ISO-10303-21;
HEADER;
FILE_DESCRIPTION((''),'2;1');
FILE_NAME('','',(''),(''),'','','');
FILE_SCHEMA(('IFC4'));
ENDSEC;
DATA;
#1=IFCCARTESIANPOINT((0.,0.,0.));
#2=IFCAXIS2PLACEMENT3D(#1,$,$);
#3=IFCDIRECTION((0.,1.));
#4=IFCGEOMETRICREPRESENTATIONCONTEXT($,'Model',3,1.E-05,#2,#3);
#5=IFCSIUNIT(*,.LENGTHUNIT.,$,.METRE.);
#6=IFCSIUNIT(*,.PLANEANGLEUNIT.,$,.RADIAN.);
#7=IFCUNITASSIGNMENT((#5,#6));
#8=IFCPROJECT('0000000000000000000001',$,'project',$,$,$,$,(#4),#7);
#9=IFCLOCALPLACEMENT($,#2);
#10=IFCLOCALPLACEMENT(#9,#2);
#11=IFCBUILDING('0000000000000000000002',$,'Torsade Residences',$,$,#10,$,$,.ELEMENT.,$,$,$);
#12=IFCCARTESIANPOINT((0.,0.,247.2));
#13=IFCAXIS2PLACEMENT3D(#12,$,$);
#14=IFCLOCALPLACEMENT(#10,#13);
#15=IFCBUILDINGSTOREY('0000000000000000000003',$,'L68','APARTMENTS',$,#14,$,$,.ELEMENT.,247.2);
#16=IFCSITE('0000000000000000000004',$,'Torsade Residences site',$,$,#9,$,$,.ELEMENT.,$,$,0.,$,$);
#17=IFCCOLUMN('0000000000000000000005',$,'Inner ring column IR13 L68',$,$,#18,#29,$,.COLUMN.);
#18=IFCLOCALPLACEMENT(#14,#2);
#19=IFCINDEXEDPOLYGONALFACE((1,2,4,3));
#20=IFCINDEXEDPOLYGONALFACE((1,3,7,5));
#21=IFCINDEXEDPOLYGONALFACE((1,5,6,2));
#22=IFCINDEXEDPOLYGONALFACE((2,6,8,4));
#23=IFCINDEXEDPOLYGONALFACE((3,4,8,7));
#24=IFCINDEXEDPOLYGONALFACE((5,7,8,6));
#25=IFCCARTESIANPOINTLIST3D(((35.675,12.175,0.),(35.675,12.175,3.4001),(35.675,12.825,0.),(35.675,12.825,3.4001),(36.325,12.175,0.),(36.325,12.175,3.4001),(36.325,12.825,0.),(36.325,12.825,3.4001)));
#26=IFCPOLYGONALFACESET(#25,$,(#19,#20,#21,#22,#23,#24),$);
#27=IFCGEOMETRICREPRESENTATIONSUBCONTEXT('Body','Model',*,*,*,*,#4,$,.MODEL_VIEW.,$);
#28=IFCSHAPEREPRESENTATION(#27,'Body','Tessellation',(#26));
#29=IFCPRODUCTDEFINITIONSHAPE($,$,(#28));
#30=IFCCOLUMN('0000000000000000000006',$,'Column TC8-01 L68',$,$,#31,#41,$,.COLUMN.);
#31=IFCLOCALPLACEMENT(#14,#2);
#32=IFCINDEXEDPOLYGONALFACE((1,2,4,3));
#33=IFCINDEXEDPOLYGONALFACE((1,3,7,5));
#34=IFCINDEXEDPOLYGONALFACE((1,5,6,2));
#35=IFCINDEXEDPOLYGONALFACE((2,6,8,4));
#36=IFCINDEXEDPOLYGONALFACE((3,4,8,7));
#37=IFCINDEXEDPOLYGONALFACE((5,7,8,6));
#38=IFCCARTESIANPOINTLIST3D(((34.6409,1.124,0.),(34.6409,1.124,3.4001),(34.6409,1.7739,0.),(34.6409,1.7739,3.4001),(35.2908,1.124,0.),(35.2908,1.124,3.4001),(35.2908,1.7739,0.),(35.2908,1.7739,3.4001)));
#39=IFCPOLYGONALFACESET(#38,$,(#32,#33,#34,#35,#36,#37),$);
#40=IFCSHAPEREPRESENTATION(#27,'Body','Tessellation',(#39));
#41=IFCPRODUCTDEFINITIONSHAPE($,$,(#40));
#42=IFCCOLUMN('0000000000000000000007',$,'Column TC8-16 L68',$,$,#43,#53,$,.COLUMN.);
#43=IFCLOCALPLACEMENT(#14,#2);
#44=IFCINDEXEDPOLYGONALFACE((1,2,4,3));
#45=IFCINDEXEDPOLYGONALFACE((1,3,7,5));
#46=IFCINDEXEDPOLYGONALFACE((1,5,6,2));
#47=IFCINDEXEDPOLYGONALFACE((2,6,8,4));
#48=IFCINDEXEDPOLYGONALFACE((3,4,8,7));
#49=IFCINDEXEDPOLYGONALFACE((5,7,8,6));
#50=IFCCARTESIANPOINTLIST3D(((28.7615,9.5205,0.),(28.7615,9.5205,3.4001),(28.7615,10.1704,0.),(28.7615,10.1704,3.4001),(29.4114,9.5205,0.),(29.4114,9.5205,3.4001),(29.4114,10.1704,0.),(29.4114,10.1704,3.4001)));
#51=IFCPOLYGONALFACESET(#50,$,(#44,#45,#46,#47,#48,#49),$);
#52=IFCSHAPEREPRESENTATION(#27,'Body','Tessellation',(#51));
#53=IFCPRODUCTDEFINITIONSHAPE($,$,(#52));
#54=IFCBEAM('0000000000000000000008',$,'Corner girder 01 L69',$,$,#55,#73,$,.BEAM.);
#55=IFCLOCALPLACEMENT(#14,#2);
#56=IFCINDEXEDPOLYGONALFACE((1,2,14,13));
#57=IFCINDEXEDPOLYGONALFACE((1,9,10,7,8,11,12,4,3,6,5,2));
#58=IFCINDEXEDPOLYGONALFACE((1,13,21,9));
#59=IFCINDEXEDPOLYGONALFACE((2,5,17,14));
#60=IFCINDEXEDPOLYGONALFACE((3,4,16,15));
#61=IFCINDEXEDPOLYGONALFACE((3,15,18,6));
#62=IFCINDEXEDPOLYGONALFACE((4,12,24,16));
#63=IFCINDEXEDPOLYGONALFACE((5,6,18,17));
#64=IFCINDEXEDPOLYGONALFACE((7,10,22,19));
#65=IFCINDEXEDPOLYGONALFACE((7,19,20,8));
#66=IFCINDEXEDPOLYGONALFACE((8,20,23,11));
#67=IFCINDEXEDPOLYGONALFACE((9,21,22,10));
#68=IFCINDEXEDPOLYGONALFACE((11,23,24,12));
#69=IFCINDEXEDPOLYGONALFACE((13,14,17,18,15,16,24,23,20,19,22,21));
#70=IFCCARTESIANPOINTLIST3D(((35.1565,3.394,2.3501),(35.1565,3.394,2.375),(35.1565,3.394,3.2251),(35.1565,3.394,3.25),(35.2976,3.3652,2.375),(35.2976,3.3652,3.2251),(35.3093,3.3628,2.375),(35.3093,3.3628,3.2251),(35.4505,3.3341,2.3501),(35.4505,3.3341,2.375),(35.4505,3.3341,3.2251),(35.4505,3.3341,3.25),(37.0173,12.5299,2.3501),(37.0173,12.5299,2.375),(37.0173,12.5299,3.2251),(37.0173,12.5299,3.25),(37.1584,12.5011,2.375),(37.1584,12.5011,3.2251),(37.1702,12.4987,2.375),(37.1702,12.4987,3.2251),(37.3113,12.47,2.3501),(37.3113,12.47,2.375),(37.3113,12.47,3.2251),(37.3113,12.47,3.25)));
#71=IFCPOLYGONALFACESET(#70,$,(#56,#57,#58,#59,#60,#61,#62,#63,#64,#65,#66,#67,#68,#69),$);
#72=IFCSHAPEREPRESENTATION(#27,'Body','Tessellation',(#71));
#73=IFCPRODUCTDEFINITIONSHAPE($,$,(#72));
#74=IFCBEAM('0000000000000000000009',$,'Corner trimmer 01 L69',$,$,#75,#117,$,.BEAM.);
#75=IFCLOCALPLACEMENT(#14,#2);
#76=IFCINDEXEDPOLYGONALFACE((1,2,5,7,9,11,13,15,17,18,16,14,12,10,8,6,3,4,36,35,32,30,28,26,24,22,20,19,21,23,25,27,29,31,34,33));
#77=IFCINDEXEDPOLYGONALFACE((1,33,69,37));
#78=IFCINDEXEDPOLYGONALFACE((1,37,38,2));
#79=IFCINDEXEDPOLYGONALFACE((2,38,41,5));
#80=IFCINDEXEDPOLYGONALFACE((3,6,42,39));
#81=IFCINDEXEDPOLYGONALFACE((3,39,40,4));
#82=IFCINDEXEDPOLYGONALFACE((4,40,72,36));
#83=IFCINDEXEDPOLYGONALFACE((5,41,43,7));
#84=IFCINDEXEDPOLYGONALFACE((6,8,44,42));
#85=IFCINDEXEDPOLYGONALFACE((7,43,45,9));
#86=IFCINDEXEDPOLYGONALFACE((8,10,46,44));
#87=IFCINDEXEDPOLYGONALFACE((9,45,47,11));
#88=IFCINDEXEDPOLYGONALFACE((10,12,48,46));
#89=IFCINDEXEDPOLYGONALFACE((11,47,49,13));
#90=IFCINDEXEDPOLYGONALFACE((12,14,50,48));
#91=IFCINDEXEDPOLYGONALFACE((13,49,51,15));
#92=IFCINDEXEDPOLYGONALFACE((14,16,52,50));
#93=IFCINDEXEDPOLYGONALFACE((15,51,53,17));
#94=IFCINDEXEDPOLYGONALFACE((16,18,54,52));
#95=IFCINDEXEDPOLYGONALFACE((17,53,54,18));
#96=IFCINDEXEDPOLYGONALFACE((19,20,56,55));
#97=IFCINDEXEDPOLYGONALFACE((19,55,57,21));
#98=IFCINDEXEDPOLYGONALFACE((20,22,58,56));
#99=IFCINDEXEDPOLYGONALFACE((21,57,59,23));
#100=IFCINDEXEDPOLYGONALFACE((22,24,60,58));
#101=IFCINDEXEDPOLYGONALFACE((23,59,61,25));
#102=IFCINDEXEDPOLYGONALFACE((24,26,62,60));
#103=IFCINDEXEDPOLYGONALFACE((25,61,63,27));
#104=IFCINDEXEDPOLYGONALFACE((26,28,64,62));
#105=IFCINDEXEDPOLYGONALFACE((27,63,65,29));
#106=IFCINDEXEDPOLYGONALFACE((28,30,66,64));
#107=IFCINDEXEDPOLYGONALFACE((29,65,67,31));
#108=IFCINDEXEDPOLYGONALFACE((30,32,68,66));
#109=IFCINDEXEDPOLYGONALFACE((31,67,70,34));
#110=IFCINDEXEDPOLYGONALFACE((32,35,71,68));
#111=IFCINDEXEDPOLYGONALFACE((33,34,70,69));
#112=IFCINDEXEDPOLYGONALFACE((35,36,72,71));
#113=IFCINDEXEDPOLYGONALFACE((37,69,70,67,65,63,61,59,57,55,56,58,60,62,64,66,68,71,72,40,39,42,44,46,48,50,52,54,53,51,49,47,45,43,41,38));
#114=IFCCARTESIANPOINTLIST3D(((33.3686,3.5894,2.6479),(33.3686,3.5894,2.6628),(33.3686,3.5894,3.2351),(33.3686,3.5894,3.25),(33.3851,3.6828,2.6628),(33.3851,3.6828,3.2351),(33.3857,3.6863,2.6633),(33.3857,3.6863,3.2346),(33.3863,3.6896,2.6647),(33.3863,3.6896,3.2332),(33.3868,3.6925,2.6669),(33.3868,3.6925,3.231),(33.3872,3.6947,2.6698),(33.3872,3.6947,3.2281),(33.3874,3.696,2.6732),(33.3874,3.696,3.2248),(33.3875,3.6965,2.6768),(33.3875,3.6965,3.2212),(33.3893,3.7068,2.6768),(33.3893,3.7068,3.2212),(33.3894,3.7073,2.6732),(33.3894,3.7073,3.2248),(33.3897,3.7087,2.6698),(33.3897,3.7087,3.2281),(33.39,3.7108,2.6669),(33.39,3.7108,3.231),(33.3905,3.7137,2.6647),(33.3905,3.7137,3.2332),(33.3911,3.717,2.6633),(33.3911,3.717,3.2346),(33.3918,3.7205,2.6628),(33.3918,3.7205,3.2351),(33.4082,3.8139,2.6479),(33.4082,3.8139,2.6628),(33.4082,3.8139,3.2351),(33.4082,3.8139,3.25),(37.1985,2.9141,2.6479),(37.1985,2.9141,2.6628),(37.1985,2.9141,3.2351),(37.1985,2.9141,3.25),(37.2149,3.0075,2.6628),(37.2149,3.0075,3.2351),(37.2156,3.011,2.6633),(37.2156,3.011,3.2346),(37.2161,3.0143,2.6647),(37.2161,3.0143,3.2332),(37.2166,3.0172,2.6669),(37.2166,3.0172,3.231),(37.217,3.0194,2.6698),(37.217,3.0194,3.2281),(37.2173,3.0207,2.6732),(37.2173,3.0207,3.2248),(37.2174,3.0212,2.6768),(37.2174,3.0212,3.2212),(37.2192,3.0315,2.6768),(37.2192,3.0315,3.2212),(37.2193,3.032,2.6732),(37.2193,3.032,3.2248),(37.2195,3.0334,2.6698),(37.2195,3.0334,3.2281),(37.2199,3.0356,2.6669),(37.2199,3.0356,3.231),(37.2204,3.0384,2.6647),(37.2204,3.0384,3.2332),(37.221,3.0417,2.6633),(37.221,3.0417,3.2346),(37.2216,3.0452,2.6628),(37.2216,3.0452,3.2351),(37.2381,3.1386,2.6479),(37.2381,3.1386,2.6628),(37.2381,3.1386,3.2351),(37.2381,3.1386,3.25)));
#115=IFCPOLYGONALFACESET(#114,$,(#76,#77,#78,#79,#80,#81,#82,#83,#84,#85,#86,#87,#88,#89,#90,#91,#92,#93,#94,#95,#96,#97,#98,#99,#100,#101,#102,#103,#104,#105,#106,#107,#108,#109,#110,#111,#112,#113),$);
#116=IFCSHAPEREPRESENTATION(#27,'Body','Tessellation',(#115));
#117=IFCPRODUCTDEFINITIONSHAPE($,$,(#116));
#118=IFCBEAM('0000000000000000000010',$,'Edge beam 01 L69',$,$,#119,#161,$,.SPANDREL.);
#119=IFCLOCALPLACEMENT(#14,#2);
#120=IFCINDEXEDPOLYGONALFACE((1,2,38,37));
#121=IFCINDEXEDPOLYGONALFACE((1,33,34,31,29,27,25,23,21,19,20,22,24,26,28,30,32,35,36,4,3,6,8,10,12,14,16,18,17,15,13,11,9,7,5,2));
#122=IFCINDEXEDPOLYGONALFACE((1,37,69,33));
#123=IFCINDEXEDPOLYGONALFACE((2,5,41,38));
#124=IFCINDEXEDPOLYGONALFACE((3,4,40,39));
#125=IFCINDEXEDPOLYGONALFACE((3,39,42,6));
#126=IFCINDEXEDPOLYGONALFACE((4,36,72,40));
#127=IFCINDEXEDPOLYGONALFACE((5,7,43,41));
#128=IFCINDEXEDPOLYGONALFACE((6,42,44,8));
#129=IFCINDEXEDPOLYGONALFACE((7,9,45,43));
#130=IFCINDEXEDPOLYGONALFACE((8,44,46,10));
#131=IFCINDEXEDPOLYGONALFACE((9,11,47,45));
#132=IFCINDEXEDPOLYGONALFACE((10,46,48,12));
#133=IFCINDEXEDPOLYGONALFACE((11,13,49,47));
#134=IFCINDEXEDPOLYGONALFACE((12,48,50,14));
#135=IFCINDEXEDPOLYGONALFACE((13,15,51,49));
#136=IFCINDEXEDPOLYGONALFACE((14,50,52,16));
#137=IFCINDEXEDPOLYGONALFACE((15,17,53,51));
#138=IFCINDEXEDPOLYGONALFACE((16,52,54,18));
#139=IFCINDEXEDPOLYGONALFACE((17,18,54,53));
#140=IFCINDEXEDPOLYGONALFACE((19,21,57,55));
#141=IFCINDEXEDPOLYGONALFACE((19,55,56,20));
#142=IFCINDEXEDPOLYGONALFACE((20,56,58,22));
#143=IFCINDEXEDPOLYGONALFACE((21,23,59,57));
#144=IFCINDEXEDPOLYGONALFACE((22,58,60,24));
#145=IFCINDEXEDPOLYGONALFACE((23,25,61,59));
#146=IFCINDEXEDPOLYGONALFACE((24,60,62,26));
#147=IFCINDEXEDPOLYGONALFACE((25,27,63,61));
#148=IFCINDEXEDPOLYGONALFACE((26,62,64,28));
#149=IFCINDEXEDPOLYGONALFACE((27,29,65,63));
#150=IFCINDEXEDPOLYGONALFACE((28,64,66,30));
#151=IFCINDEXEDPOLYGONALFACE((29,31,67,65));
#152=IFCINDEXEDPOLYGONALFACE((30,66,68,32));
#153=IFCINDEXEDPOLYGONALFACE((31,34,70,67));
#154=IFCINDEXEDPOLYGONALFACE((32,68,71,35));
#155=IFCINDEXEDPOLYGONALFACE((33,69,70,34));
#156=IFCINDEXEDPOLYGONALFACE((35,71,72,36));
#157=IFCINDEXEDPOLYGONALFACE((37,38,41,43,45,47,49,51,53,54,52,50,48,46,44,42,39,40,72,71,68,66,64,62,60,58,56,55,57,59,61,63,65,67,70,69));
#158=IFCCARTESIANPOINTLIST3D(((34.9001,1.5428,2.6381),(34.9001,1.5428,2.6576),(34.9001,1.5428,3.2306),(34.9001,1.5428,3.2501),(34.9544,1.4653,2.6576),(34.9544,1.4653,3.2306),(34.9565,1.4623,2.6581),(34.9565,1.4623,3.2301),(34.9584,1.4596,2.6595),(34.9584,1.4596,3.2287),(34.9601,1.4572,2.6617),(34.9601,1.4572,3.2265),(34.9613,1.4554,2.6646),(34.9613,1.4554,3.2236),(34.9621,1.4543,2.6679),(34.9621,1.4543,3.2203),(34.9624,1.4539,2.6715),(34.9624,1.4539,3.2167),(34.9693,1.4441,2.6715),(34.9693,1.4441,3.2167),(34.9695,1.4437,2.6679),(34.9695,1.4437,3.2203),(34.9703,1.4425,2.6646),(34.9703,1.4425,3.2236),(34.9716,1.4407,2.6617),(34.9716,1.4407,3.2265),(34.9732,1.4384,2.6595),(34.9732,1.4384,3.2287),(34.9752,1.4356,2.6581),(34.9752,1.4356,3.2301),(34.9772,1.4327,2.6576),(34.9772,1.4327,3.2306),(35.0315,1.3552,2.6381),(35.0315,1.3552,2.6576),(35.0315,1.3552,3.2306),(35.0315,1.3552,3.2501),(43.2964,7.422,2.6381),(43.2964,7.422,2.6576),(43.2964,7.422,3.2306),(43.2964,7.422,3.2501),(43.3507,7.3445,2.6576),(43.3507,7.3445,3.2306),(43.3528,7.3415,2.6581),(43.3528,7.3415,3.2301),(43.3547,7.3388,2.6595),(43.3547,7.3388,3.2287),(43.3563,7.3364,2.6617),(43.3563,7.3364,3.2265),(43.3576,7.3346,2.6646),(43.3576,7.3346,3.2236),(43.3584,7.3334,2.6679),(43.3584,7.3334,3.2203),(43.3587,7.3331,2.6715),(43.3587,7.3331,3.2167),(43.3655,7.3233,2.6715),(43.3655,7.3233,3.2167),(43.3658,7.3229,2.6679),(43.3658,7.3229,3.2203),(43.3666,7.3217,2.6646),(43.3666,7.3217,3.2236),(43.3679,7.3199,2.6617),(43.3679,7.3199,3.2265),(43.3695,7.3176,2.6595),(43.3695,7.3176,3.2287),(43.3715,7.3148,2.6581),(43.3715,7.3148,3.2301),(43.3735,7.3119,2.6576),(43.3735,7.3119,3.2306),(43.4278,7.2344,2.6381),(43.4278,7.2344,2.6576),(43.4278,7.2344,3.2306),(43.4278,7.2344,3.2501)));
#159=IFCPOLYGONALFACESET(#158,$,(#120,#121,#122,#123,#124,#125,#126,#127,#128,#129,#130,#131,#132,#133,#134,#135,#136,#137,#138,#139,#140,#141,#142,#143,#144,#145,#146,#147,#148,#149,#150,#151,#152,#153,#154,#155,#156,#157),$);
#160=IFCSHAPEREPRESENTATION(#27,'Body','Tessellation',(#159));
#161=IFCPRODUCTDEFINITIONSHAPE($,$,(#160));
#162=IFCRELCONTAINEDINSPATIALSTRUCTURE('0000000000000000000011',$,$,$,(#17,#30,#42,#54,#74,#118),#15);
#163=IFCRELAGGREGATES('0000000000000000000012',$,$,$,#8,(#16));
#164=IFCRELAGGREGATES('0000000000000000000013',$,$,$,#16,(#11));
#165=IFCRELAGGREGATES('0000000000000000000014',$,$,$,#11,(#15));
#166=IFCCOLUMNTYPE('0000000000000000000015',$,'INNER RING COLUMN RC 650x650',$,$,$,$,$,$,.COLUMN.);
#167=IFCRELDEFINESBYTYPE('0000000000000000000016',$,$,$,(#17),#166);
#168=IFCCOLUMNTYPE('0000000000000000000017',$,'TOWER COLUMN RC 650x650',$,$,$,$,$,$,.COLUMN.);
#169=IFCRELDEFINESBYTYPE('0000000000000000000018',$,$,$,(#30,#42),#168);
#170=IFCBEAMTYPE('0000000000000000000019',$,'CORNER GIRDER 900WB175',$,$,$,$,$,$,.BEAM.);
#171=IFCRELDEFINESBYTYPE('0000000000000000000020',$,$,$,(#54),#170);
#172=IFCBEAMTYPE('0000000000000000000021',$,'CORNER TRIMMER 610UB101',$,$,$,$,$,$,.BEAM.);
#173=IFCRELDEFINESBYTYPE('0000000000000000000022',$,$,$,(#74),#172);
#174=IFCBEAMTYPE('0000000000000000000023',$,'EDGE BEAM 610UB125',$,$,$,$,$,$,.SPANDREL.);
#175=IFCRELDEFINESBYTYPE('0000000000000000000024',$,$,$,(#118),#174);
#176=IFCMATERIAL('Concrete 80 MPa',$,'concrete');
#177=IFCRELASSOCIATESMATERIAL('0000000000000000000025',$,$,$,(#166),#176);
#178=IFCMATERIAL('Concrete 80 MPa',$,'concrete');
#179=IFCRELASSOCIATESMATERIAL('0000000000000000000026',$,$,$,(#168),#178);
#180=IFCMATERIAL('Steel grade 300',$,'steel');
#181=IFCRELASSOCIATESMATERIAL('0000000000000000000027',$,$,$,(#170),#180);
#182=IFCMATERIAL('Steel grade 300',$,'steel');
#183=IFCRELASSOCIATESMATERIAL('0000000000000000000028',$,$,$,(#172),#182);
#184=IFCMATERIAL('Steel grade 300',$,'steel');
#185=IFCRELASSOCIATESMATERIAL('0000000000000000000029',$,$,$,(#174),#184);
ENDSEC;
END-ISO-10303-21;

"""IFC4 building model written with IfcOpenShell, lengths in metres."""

from ifc_helpers import new_model, si_unit, direction, frame, origin, origin_2d, place, context, subcontext, project, spatial, rectangle, i_section, extrude, material, material_profile, profile_set, type_object, element, save


model = new_model("IFC4")

# Units and contexts
model_context = context("Model", 3, precision=1e-05, world=origin(), true_north=direction((0.0, 1.0)))
body_context = subcontext(model_context, "Body", "Model", "MODEL_VIEW")
ifc_project = project(units=[si_unit("LENGTHUNIT", "METRE"), si_unit("PLANEANGLEUNIT", "RADIAN")], contexts=[model_context])

# Site, building, storey
site_placement = place(None, origin())
site = spatial("IfcSite", under=ifc_project, at=site_placement, Name="Torsade Residences site", CompositionType="ELEMENT", RefElevation=0.0)
building_placement = place(site_placement, origin())
building = spatial("IfcBuilding", under=site, at=building_placement, Name="Torsade Residences", CompositionType="ELEMENT")
storey_placement = place(building_placement, frame((0.0, 0.0, 247.2)))
storey = spatial("IfcBuildingStorey", under=building, at=storey_placement, Name="L68", Description="APARTMENTS", CompositionType="ELEMENT", Elevation=247.2)

# Columns
ifc_material_1 = material(Name="Concrete 80 MPa", Category="concrete")
ifc_material_profile_1 = material_profile(ifc_material_1, rectangle(XDim=0.6499, YDim=0.6499, at=origin_2d()), Name="RC 650x650")
ifc_profile_set_1 = profile_set([ifc_material_profile_1], Name="Concrete 80 MPa")
column_type_1 = type_object("IfcColumnType", Name="INNER RING COLUMN RC 650x650", PredefinedType="COLUMN", material=ifc_profile_set_1)
column_placement = place(storey_placement, frame((36.0, 12.5, 0.0), z_axis=(0.0, 0.0, 1.0), x_axis=(1.0, 0.0, 0.0)))
element("IfcColumn", 1, at=column_placement, inside=storey, type_object=column_type_1, Name="Inner ring column IR13 L68", PredefinedType="COLUMN", context=body_context, shape_type="SweptSolid", body=[
    extrude(rectangle(XDim=0.6499, YDim=0.6499, at=origin_2d()), origin(), (0.0, 0.0, 1.0), 3.4001),
])
ifc_material_2 = material(Name="Concrete 80 MPa", Category="concrete")
ifc_material_profile_2 = material_profile(ifc_material_2, rectangle(XDim=0.6499, YDim=0.6499, at=origin_2d()), Name="RC 650x650")
ifc_profile_set_2 = profile_set([ifc_material_profile_2], Name="Concrete 80 MPa")
column_type_2 = type_object("IfcColumnType", Name="TOWER COLUMN RC 650x650", PredefinedType="COLUMN", material=ifc_profile_set_2)
for number, where, z_axis, x_axis, name in (
    (2, (34.9658, 1.449, 0.0), (0.0, 0.0, 1.0), (1.0, 0.0, 0.0), "Column TC8-01 L68"),
    (3, (29.0864, 9.8455, 0.0), (0.0, 0.0, 1.0), (1.0, 0.0, 0.0), "Column TC8-16 L68"),
):
    element("IfcColumn", number, at=place(storey_placement, frame(where, z_axis=z_axis, x_axis=x_axis)), inside=storey, type_object=column_type_2, Name=name, PredefinedType="COLUMN", context=body_context, shape_type="SweptSolid", body=[
        extrude(rectangle(XDim=0.6499, YDim=0.6499, at=origin_2d()), origin(), (0.0, 0.0, 1.0), 3.4001),
    ])

# Beams
ifc_material_3 = material(Name="Steel grade 300", Category="steel")
ifc_material_profile_3 = material_profile(ifc_material_3, i_section(OverallWidth=0.3, OverallDepth=0.8999, WebThickness=0.012, FlangeThickness=0.0249, at=origin_2d()), Name="900WB175")
ifc_profile_set_3 = profile_set([ifc_material_profile_3], Name="Steel grade 300")
beam_type_1 = type_object("IfcBeamType", Name="CORNER GIRDER 900WB175", PredefinedType="BEAM", material=ifc_profile_set_3)
beam_1_placement = place(storey_placement, frame((35.3035, 3.364, 2.8), z_axis=(0.199584, 0.979881, 0.0), x_axis=(-0.979881, 0.199584, 0.0)))
element("IfcBeam", 4, at=beam_1_placement, inside=storey, type_object=beam_type_1, Name="Corner girder 01 L69", PredefinedType="BEAM", context=body_context, shape_type="SweptSolid", body=[
    extrude(i_section(OverallWidth=0.3, OverallDepth=0.8999, WebThickness=0.012, FlangeThickness=0.0249, at=origin_2d()), origin(), (0.0, 0.0, 1.0), 9.3235),
])
ifc_material_4 = material(Name="Steel grade 300", Category="steel")
ifc_material_profile_4 = material_profile(ifc_material_4, i_section(OverallWidth=0.228, OverallDepth=0.6021, WebThickness=0.0105, FlangeThickness=0.0149, FilletRadius=0.0139, at=origin_2d()), Name="610UB101")
ifc_profile_set_4 = profile_set([ifc_material_profile_4], Name="Steel grade 300")
beam_type_2 = type_object("IfcBeamType", Name="CORNER TRIMMER 610UB101", PredefinedType="BEAM", material=ifc_profile_set_4)
beam_2_placement = place(storey_placement, frame((37.2183, 3.0264, 2.949), z_axis=(-0.984808, 0.173646, 0.0), x_axis=(-0.173646, -0.984808, 0.0)))
element("IfcBeam", 5, at=beam_2_placement, inside=storey, type_object=beam_type_2, Name="Corner trimmer 01 L69", PredefinedType="BEAM", context=body_context, shape_type="SweptSolid", body=[
    extrude(i_section(OverallWidth=0.228, OverallDepth=0.6021, WebThickness=0.0105, FlangeThickness=0.0149, FilletRadius=0.0139, at=origin_2d()), origin(), (0.0, 0.0, 1.0), 3.8889),
])
ifc_material_5 = material(Name="Steel grade 300", Category="steel")
ifc_material_profile_5 = material_profile(ifc_material_5, i_section(OverallWidth=0.229, OverallDepth=0.6121, WebThickness=0.012, FlangeThickness=0.0195, FilletRadius=0.0139, at=origin_2d()), Name="610UB125")
ifc_profile_set_5 = profile_set([ifc_material_profile_5], Name="Steel grade 300")
beam_type_3 = type_object("IfcBeamType", Name="EDGE BEAM 610UB125", PredefinedType="SPANDREL", material=ifc_profile_set_5)
beam_3_placement = place(storey_placement, frame((34.9658, 1.449, 2.9441), z_axis=(0.81915, 0.573579, 0.0), x_axis=(-0.573579, 0.81915, 0.0)))
element("IfcBeam", 6, at=beam_3_placement, inside=storey, type_object=beam_type_3, Name="Edge beam 01 L69", PredefinedType="SPANDREL", context=body_context, shape_type="SweptSolid", body=[
    extrude(i_section(OverallWidth=0.229, OverallDepth=0.6121, WebThickness=0.012, FlangeThickness=0.0195, FilletRadius=0.0139, at=origin_2d()), origin(), (0.0, 0.0, 1.0), 10.25),
])

save(model, "model.ifc")
